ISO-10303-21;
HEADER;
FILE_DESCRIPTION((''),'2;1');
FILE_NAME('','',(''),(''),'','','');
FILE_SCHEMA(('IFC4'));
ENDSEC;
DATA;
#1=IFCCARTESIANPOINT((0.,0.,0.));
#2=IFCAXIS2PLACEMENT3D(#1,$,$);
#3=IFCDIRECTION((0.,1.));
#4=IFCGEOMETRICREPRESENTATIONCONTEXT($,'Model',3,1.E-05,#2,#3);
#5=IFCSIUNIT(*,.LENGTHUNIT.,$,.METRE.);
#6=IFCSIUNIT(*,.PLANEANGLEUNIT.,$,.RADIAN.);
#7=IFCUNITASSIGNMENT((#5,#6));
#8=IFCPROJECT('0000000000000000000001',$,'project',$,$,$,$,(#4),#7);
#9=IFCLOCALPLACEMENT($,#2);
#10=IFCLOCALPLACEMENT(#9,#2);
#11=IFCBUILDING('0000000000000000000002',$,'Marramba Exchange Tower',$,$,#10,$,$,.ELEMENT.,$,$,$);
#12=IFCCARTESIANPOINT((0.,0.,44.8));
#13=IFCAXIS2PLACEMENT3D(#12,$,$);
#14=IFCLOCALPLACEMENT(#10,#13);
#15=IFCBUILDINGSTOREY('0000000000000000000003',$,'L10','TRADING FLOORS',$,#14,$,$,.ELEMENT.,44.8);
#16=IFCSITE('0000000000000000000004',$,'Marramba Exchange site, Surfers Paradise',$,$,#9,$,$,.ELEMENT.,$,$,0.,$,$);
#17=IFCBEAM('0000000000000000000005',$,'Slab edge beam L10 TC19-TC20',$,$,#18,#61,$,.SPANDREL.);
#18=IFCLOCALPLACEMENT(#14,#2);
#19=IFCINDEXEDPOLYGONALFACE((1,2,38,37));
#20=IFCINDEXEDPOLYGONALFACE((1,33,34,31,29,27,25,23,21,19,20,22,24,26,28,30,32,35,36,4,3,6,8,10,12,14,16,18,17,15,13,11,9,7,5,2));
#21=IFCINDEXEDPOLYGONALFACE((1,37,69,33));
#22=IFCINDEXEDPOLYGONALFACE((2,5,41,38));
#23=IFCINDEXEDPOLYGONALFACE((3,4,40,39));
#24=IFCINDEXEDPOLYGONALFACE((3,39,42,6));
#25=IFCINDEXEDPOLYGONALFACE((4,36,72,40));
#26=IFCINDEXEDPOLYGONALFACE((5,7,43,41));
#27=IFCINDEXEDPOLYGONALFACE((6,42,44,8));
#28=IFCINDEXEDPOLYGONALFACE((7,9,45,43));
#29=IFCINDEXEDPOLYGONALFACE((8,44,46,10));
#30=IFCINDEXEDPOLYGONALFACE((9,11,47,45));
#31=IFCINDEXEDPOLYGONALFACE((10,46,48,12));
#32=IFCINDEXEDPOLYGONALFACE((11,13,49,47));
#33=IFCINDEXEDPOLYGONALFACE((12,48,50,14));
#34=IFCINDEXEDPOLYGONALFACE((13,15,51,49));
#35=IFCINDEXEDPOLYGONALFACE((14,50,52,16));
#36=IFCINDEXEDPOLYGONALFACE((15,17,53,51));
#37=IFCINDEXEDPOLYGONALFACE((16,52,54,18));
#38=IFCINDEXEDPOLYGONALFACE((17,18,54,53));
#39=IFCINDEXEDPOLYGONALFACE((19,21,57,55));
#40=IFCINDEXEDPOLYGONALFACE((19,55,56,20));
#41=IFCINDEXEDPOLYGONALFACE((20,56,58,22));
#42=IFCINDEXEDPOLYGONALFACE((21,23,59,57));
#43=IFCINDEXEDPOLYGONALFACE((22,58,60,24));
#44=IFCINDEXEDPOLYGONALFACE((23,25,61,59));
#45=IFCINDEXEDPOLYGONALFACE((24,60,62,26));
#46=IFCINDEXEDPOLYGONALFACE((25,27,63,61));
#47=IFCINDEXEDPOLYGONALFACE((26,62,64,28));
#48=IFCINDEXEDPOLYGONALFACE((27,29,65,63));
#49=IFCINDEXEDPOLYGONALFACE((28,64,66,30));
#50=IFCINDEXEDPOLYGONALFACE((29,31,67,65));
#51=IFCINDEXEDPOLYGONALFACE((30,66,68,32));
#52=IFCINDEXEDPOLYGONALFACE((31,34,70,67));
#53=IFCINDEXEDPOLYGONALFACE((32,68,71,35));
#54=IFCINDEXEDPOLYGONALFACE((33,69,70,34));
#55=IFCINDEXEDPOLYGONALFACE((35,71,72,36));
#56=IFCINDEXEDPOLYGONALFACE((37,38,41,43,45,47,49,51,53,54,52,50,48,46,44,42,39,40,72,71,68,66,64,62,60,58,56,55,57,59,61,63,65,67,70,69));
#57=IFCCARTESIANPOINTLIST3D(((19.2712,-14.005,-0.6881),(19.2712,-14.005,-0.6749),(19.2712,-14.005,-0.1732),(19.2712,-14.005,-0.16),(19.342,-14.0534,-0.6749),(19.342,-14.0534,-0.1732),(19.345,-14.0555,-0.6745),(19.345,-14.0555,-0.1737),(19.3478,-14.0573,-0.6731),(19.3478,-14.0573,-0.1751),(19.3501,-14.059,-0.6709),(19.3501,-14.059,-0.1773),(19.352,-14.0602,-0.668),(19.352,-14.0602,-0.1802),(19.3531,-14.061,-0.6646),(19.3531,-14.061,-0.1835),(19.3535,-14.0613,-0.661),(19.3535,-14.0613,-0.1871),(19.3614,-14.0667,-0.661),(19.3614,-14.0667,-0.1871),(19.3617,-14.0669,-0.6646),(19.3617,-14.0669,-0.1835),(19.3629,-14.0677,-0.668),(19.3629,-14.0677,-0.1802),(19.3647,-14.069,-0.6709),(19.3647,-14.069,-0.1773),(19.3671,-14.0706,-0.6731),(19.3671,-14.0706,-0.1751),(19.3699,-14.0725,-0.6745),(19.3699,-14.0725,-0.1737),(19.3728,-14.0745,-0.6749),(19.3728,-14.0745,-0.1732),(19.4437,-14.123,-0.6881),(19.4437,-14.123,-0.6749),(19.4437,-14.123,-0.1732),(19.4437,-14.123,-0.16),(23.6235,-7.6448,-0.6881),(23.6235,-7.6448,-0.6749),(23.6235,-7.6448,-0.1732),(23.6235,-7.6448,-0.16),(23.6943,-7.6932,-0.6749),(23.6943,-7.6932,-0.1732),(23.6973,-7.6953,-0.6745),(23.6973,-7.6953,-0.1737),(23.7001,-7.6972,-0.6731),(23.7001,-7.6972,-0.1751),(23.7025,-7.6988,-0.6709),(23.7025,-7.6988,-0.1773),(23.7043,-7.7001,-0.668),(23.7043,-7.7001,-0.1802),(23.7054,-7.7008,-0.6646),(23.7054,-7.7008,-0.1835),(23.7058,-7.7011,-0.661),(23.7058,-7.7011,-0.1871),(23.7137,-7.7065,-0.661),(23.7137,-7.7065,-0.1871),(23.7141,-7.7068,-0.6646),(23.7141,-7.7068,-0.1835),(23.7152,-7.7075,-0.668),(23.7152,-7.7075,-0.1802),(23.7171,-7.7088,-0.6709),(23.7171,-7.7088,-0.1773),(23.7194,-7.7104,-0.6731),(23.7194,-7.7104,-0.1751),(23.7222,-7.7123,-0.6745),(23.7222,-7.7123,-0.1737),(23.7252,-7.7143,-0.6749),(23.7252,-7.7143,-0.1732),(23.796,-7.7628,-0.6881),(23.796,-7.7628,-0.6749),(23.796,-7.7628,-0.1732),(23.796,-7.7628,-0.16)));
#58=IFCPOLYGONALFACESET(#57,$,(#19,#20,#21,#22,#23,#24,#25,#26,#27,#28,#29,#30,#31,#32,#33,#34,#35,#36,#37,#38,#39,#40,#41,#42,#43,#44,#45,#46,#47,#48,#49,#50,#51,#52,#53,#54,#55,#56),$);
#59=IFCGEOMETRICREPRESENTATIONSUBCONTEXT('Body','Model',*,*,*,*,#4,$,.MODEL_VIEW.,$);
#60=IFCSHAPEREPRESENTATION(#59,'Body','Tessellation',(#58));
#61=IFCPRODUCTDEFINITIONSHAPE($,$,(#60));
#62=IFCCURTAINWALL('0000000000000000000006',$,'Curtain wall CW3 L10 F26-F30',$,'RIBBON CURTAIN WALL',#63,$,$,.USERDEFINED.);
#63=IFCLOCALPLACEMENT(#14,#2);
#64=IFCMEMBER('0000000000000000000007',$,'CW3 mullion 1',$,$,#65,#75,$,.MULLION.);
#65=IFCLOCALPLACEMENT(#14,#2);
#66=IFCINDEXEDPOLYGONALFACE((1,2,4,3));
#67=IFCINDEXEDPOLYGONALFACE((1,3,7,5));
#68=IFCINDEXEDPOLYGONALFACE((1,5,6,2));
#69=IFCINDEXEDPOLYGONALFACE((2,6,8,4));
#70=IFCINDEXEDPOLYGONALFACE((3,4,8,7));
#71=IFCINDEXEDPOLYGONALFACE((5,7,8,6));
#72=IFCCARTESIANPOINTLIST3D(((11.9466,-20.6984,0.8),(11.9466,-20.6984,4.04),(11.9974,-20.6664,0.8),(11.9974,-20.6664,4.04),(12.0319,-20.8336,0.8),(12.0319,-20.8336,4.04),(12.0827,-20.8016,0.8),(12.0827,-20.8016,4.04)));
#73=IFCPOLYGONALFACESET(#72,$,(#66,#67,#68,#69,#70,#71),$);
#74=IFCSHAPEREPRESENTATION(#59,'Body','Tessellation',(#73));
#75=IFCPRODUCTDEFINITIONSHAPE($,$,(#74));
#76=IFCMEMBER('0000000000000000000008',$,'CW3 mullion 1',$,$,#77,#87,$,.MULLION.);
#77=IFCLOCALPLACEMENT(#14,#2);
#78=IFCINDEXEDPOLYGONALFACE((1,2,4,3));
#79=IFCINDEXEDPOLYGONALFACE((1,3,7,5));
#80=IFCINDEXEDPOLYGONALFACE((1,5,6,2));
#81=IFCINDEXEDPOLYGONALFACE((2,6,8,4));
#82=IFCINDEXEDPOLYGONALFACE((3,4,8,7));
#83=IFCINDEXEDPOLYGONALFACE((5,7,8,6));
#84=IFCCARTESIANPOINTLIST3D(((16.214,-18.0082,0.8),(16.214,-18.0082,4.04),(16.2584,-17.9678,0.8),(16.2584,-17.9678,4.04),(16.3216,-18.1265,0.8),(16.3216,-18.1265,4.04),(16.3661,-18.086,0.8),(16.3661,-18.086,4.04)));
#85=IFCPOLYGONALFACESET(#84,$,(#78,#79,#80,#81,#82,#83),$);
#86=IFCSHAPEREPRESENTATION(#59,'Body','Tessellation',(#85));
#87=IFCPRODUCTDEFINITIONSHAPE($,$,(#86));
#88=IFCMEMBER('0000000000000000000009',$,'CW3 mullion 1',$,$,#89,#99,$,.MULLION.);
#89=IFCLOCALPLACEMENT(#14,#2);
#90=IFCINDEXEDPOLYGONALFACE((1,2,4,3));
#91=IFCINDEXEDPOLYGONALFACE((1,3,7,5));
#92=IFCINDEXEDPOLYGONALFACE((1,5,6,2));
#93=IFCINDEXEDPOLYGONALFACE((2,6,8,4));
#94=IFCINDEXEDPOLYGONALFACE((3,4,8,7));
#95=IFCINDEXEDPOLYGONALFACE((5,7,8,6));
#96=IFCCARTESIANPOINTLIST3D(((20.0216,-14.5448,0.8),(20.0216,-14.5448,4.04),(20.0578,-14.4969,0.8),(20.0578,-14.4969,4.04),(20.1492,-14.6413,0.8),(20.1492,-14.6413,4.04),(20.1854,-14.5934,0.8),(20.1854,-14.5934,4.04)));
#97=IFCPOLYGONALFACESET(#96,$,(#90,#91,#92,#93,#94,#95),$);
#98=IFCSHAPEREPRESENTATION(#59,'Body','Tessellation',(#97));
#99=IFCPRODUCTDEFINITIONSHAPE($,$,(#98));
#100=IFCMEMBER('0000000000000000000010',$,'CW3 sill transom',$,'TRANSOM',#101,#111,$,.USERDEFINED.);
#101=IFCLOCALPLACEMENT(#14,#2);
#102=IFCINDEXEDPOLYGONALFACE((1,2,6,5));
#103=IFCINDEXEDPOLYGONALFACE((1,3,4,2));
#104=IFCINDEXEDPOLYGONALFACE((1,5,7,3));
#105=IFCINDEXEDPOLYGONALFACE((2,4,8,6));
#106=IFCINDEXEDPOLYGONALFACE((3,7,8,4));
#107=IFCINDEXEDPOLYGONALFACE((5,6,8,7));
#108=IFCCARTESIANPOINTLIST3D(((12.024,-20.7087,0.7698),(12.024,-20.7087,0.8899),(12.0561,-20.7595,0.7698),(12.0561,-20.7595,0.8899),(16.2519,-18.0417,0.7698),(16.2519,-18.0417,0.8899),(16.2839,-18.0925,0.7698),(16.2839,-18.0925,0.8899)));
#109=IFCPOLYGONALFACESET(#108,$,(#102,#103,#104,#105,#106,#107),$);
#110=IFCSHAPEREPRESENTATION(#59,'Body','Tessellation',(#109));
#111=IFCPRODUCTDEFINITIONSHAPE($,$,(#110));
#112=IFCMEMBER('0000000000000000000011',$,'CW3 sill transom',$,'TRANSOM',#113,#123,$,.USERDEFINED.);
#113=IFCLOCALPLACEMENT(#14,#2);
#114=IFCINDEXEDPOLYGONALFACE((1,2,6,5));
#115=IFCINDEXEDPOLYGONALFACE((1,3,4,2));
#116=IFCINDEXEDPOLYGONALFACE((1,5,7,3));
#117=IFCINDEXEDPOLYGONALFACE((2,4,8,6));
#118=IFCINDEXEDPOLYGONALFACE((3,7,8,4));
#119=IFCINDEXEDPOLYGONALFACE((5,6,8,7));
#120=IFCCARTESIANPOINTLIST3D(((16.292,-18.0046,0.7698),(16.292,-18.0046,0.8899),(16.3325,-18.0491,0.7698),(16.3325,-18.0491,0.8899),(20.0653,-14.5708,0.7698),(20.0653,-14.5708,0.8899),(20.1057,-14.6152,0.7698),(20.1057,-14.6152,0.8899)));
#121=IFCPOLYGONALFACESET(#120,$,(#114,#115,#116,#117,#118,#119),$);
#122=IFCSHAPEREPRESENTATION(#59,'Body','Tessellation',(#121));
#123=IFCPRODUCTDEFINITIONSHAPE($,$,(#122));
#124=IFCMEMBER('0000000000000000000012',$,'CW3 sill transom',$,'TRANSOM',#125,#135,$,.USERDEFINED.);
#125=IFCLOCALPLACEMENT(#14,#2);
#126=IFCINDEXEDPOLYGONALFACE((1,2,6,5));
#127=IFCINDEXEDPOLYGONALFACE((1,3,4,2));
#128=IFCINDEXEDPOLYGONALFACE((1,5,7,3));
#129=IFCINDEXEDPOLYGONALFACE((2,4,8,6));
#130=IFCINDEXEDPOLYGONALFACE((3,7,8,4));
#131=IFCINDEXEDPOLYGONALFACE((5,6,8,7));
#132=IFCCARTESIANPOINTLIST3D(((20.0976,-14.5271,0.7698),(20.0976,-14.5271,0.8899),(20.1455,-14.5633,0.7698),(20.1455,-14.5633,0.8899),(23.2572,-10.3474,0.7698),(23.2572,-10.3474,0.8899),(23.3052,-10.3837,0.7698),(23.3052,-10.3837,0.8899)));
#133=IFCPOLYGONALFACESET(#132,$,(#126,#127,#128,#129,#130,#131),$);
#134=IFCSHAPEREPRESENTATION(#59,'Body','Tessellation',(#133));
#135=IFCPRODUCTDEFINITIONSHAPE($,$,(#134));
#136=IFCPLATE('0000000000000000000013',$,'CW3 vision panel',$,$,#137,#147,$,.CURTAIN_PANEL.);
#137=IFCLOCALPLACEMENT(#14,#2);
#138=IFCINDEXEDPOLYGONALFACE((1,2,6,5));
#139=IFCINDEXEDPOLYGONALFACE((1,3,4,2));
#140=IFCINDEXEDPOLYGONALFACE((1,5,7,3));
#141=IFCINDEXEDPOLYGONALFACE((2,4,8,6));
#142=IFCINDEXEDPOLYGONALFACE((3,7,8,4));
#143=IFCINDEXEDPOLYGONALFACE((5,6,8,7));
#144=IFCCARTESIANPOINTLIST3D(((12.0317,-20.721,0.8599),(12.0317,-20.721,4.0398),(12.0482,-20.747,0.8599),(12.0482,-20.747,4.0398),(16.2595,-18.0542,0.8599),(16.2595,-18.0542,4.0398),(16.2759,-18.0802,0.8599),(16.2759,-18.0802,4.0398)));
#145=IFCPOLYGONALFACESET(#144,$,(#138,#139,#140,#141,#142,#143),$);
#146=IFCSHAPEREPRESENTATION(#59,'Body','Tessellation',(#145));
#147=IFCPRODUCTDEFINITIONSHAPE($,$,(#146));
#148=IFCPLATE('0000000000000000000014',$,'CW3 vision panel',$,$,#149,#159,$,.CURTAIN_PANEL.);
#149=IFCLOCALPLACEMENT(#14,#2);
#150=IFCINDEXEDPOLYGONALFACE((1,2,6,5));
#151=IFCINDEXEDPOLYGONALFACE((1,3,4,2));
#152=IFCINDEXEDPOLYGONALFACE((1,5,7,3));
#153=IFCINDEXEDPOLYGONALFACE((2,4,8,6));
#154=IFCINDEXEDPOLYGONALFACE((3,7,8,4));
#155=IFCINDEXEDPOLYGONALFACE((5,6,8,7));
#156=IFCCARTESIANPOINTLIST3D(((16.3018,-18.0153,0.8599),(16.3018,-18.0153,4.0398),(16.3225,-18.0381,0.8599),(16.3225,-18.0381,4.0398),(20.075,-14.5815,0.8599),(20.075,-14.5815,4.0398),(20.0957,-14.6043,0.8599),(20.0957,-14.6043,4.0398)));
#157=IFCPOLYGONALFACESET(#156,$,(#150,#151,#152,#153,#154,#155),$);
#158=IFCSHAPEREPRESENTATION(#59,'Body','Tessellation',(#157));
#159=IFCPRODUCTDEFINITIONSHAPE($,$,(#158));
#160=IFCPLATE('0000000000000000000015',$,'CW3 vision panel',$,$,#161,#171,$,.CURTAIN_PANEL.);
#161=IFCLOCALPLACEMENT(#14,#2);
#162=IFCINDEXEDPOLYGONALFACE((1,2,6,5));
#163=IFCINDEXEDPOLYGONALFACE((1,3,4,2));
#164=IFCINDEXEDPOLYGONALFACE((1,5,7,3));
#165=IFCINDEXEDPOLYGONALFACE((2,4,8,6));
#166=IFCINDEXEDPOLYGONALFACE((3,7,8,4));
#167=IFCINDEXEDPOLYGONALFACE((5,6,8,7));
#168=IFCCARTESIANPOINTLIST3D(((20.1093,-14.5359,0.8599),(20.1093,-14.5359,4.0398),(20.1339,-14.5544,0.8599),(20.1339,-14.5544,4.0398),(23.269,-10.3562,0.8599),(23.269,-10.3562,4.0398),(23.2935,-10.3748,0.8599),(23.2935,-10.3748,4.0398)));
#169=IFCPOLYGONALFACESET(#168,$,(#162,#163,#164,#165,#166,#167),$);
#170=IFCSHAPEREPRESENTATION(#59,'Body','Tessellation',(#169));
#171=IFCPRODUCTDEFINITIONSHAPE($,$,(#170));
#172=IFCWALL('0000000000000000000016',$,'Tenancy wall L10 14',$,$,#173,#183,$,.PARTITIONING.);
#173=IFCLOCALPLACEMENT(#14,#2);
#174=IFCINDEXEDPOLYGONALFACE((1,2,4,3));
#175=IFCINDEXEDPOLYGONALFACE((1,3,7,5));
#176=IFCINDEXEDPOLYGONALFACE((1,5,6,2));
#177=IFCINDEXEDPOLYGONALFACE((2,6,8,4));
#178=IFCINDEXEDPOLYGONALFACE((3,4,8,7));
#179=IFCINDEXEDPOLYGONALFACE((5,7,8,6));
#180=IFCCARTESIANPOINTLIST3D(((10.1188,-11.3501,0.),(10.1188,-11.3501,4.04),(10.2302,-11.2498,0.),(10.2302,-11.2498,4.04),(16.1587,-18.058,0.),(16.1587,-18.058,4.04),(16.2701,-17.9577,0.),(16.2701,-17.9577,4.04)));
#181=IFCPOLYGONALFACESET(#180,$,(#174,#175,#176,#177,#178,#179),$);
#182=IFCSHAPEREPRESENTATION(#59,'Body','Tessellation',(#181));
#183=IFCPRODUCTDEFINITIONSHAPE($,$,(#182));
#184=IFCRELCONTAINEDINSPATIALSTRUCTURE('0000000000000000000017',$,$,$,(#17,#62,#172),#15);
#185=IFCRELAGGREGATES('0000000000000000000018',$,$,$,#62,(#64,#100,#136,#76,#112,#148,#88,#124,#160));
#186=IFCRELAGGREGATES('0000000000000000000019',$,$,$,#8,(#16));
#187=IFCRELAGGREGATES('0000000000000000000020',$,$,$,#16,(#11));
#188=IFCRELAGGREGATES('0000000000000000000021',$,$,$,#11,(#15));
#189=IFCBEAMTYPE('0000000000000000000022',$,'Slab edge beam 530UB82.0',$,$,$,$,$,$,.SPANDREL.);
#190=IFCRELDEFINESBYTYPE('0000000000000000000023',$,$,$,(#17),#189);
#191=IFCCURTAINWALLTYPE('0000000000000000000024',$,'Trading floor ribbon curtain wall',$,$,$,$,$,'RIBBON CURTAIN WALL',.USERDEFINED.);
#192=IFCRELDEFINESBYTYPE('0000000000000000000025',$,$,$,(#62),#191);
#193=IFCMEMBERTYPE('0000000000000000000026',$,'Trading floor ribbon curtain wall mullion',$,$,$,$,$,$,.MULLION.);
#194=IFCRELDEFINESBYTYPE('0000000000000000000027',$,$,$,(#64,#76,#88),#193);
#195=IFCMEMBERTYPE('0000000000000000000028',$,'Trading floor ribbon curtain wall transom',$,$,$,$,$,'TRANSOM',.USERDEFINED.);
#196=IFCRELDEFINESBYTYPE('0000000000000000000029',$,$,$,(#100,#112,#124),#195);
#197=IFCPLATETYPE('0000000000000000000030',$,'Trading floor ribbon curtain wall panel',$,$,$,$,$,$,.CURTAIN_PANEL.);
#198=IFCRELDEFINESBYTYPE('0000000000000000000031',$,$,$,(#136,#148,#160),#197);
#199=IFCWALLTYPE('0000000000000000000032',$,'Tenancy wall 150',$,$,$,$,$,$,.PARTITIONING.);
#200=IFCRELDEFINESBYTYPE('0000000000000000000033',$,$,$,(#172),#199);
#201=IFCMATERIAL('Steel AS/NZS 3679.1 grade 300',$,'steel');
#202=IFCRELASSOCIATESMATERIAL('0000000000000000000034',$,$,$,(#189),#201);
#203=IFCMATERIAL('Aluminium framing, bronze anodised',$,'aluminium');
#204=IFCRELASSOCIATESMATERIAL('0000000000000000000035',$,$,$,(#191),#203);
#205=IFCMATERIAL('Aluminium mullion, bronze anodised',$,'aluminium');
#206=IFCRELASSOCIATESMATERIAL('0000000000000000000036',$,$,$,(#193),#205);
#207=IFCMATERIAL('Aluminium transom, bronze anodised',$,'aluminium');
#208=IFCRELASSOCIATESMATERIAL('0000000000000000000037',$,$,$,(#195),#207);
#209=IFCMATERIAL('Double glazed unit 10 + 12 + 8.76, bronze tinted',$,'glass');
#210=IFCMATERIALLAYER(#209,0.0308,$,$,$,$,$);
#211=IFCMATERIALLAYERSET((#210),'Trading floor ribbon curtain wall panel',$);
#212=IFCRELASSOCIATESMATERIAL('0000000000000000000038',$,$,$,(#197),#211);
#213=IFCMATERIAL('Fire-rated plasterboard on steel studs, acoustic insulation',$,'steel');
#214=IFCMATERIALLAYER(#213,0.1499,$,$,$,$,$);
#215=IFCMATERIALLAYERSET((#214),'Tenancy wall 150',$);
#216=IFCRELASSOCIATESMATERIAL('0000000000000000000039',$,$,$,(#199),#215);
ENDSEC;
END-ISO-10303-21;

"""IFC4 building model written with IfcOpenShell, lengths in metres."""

from ifc_helpers import new_model, si_unit, direction, frame, frame_2d, origin, origin_2d, place, context, subcontext, project, spatial, rectangle, i_section, extrude, material, layer, layer_set, material_profile, profile_set, type_object, element, aggregate, save


model = new_model("IFC4")

# Units and contexts
model_context = context("Model", 3, precision=1e-05, world=origin(), true_north=direction((0.0, 1.0)))
body_context = subcontext(model_context, "Body", "Model", "MODEL_VIEW")
ifc_project = project(units=[si_unit("LENGTHUNIT", "METRE"), si_unit("PLANEANGLEUNIT", "RADIAN")], contexts=[model_context])

# Site, building, storey
site_placement = place(None, origin())
site = spatial("IfcSite", under=ifc_project, at=site_placement, Name="Marramba Exchange site, Surfers Paradise", CompositionType="ELEMENT", RefElevation=0.0)
building_placement = place(site_placement, origin())
building = spatial("IfcBuilding", under=site, at=building_placement, Name="Marramba Exchange Tower", CompositionType="ELEMENT")
storey_placement = place(building_placement, frame((0.0, 0.0, 44.8)))
storey = spatial("IfcBuildingStorey", under=building, at=storey_placement, Name="L10", Description="TRADING FLOORS", CompositionType="ELEMENT", Elevation=44.8)

# Beam
ifc_material_1 = material(Name="Steel AS/NZS 3679.1 grade 300", Category="steel")
ifc_material_profile_1 = material_profile(ifc_material_1, i_section(OverallWidth=0.209, OverallDepth=0.5281, WebThickness=0.0095, FlangeThickness=0.0132, FilletRadius=0.0139, at=origin_2d()), Name="530UB82.0")
ifc_profile_set_1 = profile_set([ifc_material_profile_1], Name="Steel AS/NZS 3679.1 grade 300")
beam_type_1 = type_object("IfcBeamType", Name="Slab edge beam 530UB82.0", PredefinedType="SPANDREL", material=ifc_profile_set_1)
beam_1_placement = place(storey_placement, frame((19.3574, -14.064, -0.4241), z_axis=(0.564741, 0.825268, 0.0), x_axis=(-0.825268, 0.564741, 0.0)))
element("IfcBeam", 1, at=beam_1_placement, inside=storey, type_object=beam_type_1, Name="Slab edge beam L10 TC19-TC20", PredefinedType="SPANDREL", context=body_context, shape_type="SweptSolid", body=[
    extrude(i_section(OverallWidth=0.209, OverallDepth=0.5281, WebThickness=0.0095, FlangeThickness=0.0132, FilletRadius=0.0139, at=origin_2d()), origin(), (0.0, 0.0, 1.0), 7.7068),
])

# Curtain wall, members, plates
ifc_material_2 = material(Name="Aluminium framing, bronze anodised", Category="aluminium")
curtain_wall_type = type_object("IfcCurtainWallType", Name="Trading floor ribbon curtain wall", ElementType="RIBBON CURTAIN WALL", PredefinedType="USERDEFINED", material=ifc_material_2)
curtain_wall_placement = place(storey_placement, origin())
curtain_wall = element("IfcCurtainWall", 2, at=curtain_wall_placement, inside=storey, type_object=curtain_wall_type, Name="Curtain wall CW3 L10 F26-F30", ObjectType="RIBBON CURTAIN WALL", PredefinedType="USERDEFINED")
ifc_material_3 = material(Name="Aluminium mullion, bronze anodised", Category="aluminium")
ifc_material_profile_2 = material_profile(ifc_material_3, rectangle(XDim=0.1599, YDim=0.0601, at=origin_2d()), Name="CW3 mullion 60x160")
ifc_profile_set_2 = profile_set([ifc_material_profile_2], Name="Aluminium mullion, bronze anodised")
member_type_1 = type_object("IfcMemberType", Name="Trading floor ribbon curtain wall mullion", PredefinedType="MULLION", material=ifc_profile_set_2)
member_1_placement = place(storey_placement, frame((12.0146, -20.75, 0.8), z_axis=(0.0, 0.0, 1.0), x_axis=(-0.533515, 0.845791, 0.0)))
member_1 = element("IfcMember", 3, at=member_1_placement, type_object=member_type_1, Name="CW3 mullion 1", PredefinedType="MULLION", context=body_context, shape_type="SweptSolid", body=[
    extrude(rectangle(XDim=0.1599, YDim=0.0601, at=origin_2d()), origin(), (0.0, 0.0, 1.0), 3.24),
])
member_2_placement = place(storey_placement, frame((16.29, -18.0471, 0.8), z_axis=(0.0, 0.0, 1.0), x_axis=(-0.673058, 0.73959, 0.0)))
member_2 = element("IfcMember", 4, at=member_2_placement, type_object=member_type_1, Name="CW3 mullion 1", PredefinedType="MULLION", context=body_context, shape_type="SweptSolid", body=[
    extrude(rectangle(XDim=0.1599, YDim=0.0601, at=origin_2d()), origin(), (0.0, 0.0, 1.0), 3.24),
])
member_3_placement = place(storey_placement, frame((20.1035, -14.5691, 0.8), z_axis=(0.0, 0.0, 1.0), x_axis=(-0.797711, 0.60304, 0.0)))
member_3 = element("IfcMember", 5, at=member_3_placement, type_object=member_type_1, Name="CW3 mullion 1", PredefinedType="MULLION", context=body_context, shape_type="SweptSolid", body=[
    extrude(rectangle(XDim=0.1599, YDim=0.0601, at=origin_2d()), origin(), (0.0, 0.0, 1.0), 3.24),
])
ifc_material_4 = material(Name="Aluminium transom, bronze anodised", Category="aluminium")
ifc_material_profile_3 = material_profile(ifc_material_4, rectangle(XDim=0.0601, YDim=0.1201, at=origin_2d()), Name="CW3 transom 60x120")
ifc_profile_set_3 = profile_set([ifc_material_profile_3], Name="Aluminium transom, bronze anodised")
member_type_2 = type_object("IfcMemberType", Name="Trading floor ribbon curtain wall transom", ElementType="TRANSOM", PredefinedType="USERDEFINED", material=ifc_profile_set_3)
member_4_placement = place(storey_placement, frame((12.04, -20.7341, 0.8298), z_axis=(0.845777, 0.533537, 0.0), x_axis=(-0.533537, 0.845777, 0.0)))
member_4 = element("IfcMember", 6, at=member_4_placement, type_object=member_type_2, Name="CW3 sill transom", ObjectType="TRANSOM", PredefinedType="USERDEFINED", context=body_context, shape_type="SweptSolid", body=[
    extrude(rectangle(XDim=0.0601, YDim=0.1201, at=origin_2d()), origin(), (0.0, 0.0, 1.0), 4.9988),
])
member_5_placement = place(storey_placement, frame((16.3123, -18.0269, 0.8298), z_axis=(0.739583, 0.673066, 0.0), x_axis=(-0.673066, 0.739583, 0.0)))
member_5 = element("IfcMember", 7, at=member_5_placement, type_object=member_type_2, Name="CW3 sill transom", ObjectType="TRANSOM", PredefinedType="USERDEFINED", context=body_context, shape_type="SweptSolid", body=[
    extrude(rectangle(XDim=0.0601, YDim=0.1201, at=origin_2d()), origin(), (0.0, 0.0, 1.0), 5.1018),
])
member_6_placement = place(storey_placement, frame((20.1216, -14.5452, 0.8298), z_axis=(0.603037, 0.797713, 0.0), x_axis=(-0.797713, 0.603037, 0.0)))
member_6 = element("IfcMember", 8, at=member_6_placement, type_object=member_type_2, Name="CW3 sill transom", ObjectType="TRANSOM", PredefinedType="USERDEFINED", context=body_context, shape_type="SweptSolid", body=[
    extrude(rectangle(XDim=0.0601, YDim=0.1201, at=origin_2d()), origin(), (0.0, 0.0, 1.0), 5.2395),
])
ifc_material_5 = material(Name="Double glazed unit 10 + 12 + 8.76, bronze tinted", Category="glass")
ifc_layer_1 = layer(ifc_material_5, 0.0308)
ifc_layer_set_1 = layer_set([ifc_layer_1], Name="Trading floor ribbon curtain wall panel")
plate_type = type_object("IfcPlateType", Name="Trading floor ribbon curtain wall panel", PredefinedType="CURTAIN_PANEL", material=ifc_layer_set_1)
plate_1_placement = place(storey_placement, frame((14.1538, -19.4006, 0.8599), z_axis=(0.0, 0.0, 1.0), x_axis=(0.845791, 0.533515, 0.0)))
plate_1 = element("IfcPlate", 9, at=plate_1_placement, type_object=plate_type, Name="CW3 vision panel", PredefinedType="CURTAIN_PANEL", context=body_context, shape_type="SweptSolid", body=[
    extrude(rectangle(XDim=4.9985, YDim=0.0308, at=origin_2d()), origin(), (0.0, 0.0, 1.0), 3.1799),
])
plate_2_placement = place(storey_placement, frame((18.1987, -16.3098, 0.8599), z_axis=(0.0, 0.0, 1.0), x_axis=(0.73959, 0.673058, 0.0)))
plate_2 = element("IfcPlate", 10, at=plate_2_placement, type_object=plate_type, Name="CW3 vision panel", PredefinedType="CURTAIN_PANEL", context=body_context, shape_type="SweptSolid", body=[
    extrude(rectangle(XDim=5.1018, YDim=0.0308, at=origin_2d()), origin(), (0.0, 0.0, 1.0), 3.1799),
])
plate_3_placement = place(storey_placement, frame((21.7014, -12.4553, 0.8599), z_axis=(0.0, 0.0, 1.0), x_axis=(0.60304, 0.797711, 0.0)))
plate_3 = element("IfcPlate", 11, at=plate_3_placement, type_object=plate_type, Name="CW3 vision panel", PredefinedType="CURTAIN_PANEL", context=body_context, shape_type="SweptSolid", body=[
    extrude(rectangle(XDim=5.2395, YDim=0.0308, at=origin_2d()), origin(), (0.0, 0.0, 1.0), 3.1799),
])
aggregate(curtain_wall, [member_1, member_4, plate_1, member_2, member_5, plate_2, member_3, member_6, plate_3])

# Wall
ifc_material_6 = material(Name="Fire-rated plasterboard on steel studs, acoustic insulation", Category="steel")
ifc_layer_2 = layer(ifc_material_6, 0.1499)
ifc_layer_set_2 = layer_set([ifc_layer_2], Name="Tenancy wall 150")
wall_type = type_object("IfcWallType", Name="Tenancy wall 150", PredefinedType="PARTITIONING", material=ifc_layer_set_2)
wall_placement = place(storey_placement, frame((16.2144, -18.0078, 0.0), z_axis=(0.0, 0.0, 1.0), x_axis=(-0.669137, 0.743139, 0.0)))
element("IfcWall", 12, at=wall_placement, inside=storey, type_object=wall_type, Name="Tenancy wall L10 14", PredefinedType="PARTITIONING", context=body_context, shape_type="SweptSolid", body=[
    extrude(rectangle(XDim=9.0264, YDim=0.1499, at=frame_2d((4.5132, 0.0))), origin(), (0.0, 0.0, 1.0), 4.04),
])

save(model, "model.ifc")
